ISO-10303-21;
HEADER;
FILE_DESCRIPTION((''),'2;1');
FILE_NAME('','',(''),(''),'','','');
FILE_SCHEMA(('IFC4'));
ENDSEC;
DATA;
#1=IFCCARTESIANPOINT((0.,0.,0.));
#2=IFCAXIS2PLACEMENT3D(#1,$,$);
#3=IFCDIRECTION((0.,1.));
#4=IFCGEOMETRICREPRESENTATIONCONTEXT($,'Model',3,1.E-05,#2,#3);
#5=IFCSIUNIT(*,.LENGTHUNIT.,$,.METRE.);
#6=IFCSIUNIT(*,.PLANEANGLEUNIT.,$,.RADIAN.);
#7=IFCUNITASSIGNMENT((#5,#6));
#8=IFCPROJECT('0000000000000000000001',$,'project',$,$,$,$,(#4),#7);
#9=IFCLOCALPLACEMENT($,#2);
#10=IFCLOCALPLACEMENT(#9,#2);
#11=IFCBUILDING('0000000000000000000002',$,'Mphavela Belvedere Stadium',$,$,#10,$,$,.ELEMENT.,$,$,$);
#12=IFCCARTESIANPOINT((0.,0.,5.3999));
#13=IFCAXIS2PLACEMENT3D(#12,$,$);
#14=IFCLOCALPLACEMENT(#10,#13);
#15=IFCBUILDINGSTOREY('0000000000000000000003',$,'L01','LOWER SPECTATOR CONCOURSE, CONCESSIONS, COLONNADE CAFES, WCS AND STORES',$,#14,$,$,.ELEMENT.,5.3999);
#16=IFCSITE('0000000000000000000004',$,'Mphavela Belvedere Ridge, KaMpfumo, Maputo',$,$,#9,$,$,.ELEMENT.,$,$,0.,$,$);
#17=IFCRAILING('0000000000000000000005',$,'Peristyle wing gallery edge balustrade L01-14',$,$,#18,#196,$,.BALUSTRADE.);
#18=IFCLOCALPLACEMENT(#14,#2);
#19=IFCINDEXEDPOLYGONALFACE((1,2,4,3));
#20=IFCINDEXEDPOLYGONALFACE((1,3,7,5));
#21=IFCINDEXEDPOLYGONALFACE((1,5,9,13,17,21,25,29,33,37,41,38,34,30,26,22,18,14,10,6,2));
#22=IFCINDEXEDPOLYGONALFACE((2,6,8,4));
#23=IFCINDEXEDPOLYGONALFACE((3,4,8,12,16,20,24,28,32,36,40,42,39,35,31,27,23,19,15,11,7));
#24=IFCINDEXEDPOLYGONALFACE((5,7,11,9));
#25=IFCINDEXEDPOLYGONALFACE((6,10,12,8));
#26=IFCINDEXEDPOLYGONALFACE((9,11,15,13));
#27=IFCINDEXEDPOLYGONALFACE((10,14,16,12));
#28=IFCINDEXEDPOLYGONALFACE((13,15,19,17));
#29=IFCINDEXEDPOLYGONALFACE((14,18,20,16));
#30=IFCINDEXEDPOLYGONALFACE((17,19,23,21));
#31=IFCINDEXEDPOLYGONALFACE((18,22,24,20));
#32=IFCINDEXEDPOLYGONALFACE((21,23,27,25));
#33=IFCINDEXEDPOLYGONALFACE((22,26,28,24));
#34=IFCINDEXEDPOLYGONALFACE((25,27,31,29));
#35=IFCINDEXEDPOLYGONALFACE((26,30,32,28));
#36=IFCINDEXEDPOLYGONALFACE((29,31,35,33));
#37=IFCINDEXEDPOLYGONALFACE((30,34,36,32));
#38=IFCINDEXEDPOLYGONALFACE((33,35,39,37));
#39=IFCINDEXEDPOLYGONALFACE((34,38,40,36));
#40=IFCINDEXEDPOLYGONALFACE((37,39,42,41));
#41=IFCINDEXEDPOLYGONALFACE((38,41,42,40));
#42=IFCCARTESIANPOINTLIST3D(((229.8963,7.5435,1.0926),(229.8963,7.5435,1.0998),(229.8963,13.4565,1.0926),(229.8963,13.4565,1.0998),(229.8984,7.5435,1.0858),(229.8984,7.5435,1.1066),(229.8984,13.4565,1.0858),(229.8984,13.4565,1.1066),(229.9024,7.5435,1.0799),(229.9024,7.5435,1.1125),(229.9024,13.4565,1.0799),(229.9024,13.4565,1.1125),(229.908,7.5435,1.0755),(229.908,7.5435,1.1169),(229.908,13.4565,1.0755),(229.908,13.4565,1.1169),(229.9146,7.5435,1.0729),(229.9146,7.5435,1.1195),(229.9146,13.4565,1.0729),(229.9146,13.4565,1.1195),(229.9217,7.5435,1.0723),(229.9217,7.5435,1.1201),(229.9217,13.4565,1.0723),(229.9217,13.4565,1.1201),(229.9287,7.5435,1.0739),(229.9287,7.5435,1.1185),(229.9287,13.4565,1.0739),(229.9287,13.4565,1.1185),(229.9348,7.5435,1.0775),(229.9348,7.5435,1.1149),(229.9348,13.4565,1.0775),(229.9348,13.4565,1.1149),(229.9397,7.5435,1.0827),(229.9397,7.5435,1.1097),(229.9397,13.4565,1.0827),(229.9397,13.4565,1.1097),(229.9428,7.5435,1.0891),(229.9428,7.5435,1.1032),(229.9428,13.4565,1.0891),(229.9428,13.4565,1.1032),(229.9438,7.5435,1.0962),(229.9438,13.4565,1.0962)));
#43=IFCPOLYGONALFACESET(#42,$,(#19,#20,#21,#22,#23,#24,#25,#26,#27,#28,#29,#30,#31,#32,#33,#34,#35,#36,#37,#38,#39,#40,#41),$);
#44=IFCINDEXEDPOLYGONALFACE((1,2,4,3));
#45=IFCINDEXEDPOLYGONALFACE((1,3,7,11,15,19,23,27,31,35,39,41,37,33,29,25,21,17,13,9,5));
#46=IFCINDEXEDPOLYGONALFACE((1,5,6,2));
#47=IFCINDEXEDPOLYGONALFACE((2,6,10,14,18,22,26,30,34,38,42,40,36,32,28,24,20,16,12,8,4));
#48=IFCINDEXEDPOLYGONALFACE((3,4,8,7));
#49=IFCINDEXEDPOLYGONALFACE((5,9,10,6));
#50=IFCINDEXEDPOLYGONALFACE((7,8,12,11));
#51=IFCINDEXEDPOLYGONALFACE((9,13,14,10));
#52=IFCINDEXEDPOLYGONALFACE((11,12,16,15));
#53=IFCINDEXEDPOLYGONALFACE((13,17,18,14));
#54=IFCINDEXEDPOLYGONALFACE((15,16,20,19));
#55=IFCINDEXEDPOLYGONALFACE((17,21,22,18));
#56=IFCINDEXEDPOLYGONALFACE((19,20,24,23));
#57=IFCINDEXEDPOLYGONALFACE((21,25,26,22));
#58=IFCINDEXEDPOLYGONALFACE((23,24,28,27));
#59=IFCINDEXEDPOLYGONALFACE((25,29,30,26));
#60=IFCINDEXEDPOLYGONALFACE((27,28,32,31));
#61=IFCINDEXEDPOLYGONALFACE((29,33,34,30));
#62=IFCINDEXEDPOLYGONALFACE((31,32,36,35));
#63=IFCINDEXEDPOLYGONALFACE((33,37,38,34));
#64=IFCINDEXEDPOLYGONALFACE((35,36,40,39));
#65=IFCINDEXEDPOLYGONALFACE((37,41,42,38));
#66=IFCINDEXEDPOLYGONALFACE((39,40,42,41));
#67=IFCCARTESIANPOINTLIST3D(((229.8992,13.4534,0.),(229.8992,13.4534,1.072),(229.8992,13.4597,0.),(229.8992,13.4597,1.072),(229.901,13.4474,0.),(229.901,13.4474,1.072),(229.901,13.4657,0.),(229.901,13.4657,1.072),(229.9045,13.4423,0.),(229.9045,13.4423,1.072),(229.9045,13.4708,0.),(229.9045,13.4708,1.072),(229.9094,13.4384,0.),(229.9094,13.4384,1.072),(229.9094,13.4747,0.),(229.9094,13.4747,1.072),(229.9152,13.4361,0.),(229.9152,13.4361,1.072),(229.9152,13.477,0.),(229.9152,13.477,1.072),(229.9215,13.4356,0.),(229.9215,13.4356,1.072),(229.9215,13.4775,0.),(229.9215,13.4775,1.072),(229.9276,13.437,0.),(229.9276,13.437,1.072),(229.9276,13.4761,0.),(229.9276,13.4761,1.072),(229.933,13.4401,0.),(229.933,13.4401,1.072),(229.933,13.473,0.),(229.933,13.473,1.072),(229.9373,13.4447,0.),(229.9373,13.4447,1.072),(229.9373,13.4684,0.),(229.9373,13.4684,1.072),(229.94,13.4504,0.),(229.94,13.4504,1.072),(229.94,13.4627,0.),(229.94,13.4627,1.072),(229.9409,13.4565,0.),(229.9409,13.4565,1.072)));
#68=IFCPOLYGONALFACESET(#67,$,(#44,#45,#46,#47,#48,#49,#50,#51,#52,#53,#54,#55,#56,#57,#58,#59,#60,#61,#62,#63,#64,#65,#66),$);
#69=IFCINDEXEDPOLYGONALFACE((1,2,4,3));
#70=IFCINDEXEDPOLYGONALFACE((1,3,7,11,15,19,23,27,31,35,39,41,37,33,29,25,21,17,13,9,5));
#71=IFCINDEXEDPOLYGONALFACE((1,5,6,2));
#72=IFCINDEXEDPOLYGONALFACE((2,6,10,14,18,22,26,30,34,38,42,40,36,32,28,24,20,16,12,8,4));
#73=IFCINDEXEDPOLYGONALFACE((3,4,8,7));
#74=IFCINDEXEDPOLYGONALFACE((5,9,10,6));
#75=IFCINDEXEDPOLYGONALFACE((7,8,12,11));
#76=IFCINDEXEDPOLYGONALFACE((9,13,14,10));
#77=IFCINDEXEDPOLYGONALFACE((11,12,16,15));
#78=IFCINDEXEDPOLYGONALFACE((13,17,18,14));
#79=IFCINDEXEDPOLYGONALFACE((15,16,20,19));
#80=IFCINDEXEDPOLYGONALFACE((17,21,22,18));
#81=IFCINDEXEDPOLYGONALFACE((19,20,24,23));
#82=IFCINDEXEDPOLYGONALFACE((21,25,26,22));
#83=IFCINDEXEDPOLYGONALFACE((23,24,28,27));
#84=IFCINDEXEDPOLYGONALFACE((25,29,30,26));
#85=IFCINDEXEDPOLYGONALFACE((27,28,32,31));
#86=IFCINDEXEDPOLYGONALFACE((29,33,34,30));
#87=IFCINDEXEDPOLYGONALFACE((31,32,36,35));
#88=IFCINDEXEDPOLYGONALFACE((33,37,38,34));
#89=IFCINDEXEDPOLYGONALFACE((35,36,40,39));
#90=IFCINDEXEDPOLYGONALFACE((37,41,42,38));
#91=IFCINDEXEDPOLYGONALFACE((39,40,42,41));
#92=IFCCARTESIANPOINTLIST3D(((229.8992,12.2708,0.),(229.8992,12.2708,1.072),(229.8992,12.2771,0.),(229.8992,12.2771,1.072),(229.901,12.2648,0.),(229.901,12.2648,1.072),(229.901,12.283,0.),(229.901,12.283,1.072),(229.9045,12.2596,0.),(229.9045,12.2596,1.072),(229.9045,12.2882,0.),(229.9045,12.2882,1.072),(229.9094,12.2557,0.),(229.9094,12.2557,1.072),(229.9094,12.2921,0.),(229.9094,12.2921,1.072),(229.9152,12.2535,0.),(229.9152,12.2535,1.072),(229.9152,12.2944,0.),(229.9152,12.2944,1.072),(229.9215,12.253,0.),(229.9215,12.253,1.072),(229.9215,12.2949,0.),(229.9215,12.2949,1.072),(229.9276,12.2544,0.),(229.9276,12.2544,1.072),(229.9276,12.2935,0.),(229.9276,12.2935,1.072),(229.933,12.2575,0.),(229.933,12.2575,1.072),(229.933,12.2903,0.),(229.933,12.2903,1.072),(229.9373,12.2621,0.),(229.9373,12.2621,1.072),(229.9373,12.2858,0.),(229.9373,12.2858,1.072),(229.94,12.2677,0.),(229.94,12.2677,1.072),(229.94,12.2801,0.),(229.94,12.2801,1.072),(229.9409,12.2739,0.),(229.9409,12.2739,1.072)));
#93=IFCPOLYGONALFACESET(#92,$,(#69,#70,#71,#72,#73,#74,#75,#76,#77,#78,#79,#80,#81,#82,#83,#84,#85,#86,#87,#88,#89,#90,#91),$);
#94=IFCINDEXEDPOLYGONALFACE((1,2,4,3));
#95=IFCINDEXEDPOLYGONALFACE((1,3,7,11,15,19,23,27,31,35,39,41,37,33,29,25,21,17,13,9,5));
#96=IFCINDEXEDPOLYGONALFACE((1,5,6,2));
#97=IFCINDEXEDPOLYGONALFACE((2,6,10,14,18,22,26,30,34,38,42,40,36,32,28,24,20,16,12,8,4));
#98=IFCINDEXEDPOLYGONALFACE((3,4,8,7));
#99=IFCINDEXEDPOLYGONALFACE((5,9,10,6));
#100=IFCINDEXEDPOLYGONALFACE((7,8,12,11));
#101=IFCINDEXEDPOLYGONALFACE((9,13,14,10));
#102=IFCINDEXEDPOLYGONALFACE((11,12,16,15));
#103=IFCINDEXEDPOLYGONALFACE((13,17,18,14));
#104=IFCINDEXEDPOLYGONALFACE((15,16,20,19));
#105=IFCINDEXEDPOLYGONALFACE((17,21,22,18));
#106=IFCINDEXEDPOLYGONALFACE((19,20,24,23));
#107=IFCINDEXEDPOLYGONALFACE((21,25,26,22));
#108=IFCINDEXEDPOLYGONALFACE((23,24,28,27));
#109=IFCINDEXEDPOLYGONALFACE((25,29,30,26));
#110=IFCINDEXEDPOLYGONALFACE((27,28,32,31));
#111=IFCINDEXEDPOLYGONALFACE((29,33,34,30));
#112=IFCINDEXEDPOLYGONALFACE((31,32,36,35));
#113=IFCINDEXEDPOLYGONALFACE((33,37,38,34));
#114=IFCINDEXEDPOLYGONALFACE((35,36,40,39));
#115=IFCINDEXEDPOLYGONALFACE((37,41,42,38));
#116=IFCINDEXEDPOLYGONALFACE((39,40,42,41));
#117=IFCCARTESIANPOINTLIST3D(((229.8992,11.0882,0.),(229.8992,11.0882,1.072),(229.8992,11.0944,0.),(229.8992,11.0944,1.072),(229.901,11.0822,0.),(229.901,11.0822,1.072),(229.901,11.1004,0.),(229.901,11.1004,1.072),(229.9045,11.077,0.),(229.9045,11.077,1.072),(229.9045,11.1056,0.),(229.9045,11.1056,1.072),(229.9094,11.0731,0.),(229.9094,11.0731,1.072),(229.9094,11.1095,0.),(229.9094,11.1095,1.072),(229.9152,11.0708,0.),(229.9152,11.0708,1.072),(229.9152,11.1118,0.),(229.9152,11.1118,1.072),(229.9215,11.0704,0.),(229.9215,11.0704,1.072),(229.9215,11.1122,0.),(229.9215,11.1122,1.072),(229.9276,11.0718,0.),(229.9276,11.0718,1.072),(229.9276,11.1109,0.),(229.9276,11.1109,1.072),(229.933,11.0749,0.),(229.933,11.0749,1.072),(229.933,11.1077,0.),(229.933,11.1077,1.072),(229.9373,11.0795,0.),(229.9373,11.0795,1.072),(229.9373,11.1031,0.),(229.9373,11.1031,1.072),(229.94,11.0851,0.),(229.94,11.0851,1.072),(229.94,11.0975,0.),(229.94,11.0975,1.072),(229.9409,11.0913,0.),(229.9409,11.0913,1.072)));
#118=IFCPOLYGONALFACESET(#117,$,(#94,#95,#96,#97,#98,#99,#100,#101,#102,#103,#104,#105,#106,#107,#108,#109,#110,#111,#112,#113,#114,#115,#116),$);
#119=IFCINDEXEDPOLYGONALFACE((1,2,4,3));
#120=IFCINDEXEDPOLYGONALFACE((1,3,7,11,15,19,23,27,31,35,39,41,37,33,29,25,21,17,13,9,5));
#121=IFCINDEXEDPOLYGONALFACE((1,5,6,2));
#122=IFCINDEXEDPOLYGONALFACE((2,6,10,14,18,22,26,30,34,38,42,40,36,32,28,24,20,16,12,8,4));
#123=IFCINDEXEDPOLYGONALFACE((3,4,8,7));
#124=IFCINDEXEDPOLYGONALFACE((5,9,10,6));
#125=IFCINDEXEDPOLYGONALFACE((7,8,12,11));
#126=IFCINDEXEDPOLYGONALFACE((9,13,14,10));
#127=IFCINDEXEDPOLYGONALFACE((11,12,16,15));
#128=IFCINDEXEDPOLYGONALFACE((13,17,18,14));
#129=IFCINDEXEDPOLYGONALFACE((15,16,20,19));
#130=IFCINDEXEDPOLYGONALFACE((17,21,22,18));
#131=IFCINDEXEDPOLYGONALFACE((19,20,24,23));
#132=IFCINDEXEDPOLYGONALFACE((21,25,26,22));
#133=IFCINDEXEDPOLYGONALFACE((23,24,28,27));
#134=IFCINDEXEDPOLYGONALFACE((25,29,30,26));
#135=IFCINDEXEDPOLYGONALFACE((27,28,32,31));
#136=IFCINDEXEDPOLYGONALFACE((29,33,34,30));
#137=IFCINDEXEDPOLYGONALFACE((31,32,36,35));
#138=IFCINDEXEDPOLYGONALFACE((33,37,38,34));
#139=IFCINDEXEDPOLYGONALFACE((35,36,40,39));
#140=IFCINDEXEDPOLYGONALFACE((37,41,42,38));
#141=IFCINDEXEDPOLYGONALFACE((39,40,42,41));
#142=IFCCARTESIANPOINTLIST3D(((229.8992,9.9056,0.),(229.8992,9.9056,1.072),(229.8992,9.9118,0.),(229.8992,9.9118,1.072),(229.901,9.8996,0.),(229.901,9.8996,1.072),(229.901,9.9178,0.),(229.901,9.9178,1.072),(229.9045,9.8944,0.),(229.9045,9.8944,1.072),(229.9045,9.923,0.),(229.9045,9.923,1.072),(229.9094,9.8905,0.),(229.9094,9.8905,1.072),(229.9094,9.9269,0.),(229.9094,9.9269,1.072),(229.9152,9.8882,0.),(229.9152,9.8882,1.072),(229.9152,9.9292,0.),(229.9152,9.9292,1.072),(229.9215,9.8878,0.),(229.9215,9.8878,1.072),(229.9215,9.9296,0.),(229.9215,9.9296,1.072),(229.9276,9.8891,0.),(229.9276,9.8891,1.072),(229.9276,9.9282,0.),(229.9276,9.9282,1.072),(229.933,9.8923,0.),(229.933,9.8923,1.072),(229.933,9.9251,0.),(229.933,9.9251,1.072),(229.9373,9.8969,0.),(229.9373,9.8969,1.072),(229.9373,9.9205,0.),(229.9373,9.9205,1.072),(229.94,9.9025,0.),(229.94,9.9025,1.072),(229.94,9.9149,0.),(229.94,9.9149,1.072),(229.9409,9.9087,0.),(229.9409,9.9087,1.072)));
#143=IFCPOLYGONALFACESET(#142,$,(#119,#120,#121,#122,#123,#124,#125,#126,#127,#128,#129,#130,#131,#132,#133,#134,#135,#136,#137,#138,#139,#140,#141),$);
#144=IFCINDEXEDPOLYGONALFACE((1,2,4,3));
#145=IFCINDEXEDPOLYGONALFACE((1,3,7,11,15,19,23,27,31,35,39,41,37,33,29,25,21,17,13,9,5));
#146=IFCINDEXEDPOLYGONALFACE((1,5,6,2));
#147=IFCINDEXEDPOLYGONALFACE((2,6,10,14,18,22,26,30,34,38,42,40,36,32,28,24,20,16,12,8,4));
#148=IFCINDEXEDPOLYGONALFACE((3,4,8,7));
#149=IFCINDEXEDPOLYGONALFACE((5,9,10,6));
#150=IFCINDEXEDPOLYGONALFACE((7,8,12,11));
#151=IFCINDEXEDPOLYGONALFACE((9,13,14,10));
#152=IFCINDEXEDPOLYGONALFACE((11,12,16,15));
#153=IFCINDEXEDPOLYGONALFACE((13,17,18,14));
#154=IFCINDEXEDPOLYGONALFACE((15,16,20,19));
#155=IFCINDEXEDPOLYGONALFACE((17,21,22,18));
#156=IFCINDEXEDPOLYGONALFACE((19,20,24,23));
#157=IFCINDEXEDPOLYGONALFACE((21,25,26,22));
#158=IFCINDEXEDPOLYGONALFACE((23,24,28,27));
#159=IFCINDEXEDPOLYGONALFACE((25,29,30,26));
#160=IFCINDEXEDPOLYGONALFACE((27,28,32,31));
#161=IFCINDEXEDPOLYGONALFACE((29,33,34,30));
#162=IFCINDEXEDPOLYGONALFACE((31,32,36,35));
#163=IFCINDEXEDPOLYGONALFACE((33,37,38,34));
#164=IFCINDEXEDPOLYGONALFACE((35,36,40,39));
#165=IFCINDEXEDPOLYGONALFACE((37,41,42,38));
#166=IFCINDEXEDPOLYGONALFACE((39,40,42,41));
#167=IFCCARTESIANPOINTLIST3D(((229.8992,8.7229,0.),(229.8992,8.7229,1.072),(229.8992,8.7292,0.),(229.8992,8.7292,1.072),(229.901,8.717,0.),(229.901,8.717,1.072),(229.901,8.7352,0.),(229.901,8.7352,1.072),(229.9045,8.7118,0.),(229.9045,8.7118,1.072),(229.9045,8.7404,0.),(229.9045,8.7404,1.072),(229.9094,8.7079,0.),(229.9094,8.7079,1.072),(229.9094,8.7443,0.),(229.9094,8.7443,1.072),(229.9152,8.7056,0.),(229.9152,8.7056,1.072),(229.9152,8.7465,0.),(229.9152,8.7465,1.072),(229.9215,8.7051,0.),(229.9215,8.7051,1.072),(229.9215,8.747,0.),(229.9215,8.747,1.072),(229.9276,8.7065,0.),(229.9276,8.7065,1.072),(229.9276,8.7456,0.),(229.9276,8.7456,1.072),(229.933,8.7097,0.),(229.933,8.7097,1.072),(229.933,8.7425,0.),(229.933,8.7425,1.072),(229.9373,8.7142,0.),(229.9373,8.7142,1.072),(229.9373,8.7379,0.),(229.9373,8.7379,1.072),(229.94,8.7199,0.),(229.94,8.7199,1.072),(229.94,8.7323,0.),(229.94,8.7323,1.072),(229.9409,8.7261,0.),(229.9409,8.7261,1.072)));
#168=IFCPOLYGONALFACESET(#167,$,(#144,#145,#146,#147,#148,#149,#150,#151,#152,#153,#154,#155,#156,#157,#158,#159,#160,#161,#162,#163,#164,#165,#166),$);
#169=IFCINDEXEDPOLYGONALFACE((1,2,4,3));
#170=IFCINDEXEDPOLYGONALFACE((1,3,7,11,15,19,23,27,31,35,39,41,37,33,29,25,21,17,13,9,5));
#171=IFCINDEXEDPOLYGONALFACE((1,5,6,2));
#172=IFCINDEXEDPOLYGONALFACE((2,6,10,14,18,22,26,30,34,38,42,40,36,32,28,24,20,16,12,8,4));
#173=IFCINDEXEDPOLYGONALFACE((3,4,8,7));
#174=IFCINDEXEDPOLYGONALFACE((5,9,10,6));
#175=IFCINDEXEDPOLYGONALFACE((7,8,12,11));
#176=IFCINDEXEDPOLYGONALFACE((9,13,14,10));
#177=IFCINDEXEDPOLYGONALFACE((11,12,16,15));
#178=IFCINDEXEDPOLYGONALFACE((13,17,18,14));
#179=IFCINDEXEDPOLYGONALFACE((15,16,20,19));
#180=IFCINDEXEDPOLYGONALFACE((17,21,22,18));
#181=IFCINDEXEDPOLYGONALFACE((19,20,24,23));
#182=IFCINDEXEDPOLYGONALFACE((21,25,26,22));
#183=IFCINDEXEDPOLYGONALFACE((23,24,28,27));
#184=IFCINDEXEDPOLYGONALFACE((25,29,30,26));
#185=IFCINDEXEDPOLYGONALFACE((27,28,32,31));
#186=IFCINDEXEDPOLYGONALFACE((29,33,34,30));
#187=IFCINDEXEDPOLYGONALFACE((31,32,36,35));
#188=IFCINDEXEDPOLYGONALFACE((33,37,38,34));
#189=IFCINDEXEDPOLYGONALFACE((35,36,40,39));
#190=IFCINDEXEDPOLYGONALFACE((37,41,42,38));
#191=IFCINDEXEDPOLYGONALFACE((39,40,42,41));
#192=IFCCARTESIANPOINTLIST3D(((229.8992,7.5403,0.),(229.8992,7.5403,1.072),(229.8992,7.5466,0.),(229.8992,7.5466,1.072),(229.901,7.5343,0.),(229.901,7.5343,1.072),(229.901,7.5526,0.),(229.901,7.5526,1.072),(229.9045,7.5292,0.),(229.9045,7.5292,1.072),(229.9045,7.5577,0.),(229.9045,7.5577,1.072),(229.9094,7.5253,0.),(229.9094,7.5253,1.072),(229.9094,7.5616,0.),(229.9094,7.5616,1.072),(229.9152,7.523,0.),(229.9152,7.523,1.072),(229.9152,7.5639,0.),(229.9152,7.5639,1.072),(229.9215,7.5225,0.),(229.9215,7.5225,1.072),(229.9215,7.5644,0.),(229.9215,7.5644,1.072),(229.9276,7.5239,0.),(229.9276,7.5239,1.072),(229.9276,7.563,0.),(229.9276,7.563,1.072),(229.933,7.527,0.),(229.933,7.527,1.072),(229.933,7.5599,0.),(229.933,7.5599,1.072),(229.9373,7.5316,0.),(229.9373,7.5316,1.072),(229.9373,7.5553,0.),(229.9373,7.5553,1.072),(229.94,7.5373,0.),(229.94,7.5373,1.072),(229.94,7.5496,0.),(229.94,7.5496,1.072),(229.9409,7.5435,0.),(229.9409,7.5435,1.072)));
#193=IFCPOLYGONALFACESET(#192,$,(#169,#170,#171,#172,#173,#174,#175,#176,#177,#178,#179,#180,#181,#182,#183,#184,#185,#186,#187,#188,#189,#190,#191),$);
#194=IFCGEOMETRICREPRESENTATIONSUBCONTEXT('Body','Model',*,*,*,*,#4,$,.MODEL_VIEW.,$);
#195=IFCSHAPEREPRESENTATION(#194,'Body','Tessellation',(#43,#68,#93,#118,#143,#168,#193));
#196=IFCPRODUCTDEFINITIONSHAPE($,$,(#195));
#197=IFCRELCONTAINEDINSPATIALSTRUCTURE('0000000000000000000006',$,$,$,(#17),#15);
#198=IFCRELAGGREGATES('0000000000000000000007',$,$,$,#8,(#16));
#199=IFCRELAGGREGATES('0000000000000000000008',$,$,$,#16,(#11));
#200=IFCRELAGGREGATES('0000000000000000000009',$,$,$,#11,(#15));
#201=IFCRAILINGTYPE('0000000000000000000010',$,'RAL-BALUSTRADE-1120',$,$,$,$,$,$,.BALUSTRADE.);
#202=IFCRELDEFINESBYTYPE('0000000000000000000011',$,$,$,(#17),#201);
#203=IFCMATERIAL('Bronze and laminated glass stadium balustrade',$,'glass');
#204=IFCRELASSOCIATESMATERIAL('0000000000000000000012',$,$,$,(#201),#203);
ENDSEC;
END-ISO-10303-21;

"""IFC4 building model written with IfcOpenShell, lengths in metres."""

from ifc_helpers import new_model, si_unit, direction, frame, origin, origin_2d, place, context, subcontext, project, spatial, circle, extrude, material, type_object, element, save


model = new_model("IFC4")

# Units and contexts
model_context = context("Model", 3, precision=1e-05, world=origin(), true_north=direction((0.0, 1.0)))
body_context = subcontext(model_context, "Body", "Model", "MODEL_VIEW")
ifc_project = project(units=[si_unit("LENGTHUNIT", "METRE"), si_unit("PLANEANGLEUNIT", "RADIAN")], contexts=[model_context])

# Site, building, storey
site_placement = place(None, origin())
site = spatial("IfcSite", under=ifc_project, at=site_placement, Name="Mphavela Belvedere Ridge, KaMpfumo, Maputo", CompositionType="ELEMENT", RefElevation=0.0)
building_placement = place(site_placement, origin())
building = spatial("IfcBuilding", under=site, at=building_placement, Name="Mphavela Belvedere Stadium", CompositionType="ELEMENT")
storey_placement = place(building_placement, frame((0.0, 0.0, 5.3999)))
storey = spatial("IfcBuildingStorey", under=building, at=storey_placement, Name="L01", Description="LOWER SPECTATOR CONCOURSE, CONCESSIONS, COLONNADE CAFES, WCS AND STORES", CompositionType="ELEMENT", Elevation=5.3999)

# Railing
ifc_material_1 = material(Name="Bronze and laminated glass stadium balustrade", Category="glass")
railing_type = type_object("IfcRailingType", Name="RAL-BALUSTRADE-1120", PredefinedType="BALUSTRADE", material=ifc_material_1)
for number, where, name in (
    (1, (229.9199, 13.4565, 0.0), "Peristyle wing gallery edge balustrade L01-14"),
):
    element("IfcRailing", number, at=place(storey_placement, frame(where)), inside=storey, type_object=railing_type, Name=name, PredefinedType="BALUSTRADE", context=body_context, shape_type="SweptSolid", body=[
        extrude(circle(Radius=0.0239, at=origin_2d()), frame((0.0, 0.0, 1.0962), z_axis=(0.0, -1.0, 0.0), x_axis=(1.0, 0.0, 0.0)), (0.0, 0.0, 1.0), 5.9131),
        extrude(circle(Radius=0.021, at=origin_2d()), origin(), (0.0, 0.0, 1.0), 1.072),
        extrude(circle(Radius=0.021, at=origin_2d()), frame((0.0, -1.1826, 0.0)), (0.0, 0.0, 1.0), 1.072),
        extrude(circle(Radius=0.021, at=origin_2d()), frame((0.0, -2.3652, 0.0)), (0.0, 0.0, 1.0), 1.072),
        extrude(circle(Radius=0.021, at=origin_2d()), frame((0.0, -3.5479, 0.0)), (0.0, 0.0, 1.0), 1.072),
        extrude(circle(Radius=0.021, at=origin_2d()), frame((0.0, -4.7305, 0.0)), (0.0, 0.0, 1.0), 1.072),
        extrude(circle(Radius=0.021, at=origin_2d()), frame((0.0, -5.9131, 0.0)), (0.0, 0.0, 1.0), 1.072),
    ])

save(model, "model.ifc")
